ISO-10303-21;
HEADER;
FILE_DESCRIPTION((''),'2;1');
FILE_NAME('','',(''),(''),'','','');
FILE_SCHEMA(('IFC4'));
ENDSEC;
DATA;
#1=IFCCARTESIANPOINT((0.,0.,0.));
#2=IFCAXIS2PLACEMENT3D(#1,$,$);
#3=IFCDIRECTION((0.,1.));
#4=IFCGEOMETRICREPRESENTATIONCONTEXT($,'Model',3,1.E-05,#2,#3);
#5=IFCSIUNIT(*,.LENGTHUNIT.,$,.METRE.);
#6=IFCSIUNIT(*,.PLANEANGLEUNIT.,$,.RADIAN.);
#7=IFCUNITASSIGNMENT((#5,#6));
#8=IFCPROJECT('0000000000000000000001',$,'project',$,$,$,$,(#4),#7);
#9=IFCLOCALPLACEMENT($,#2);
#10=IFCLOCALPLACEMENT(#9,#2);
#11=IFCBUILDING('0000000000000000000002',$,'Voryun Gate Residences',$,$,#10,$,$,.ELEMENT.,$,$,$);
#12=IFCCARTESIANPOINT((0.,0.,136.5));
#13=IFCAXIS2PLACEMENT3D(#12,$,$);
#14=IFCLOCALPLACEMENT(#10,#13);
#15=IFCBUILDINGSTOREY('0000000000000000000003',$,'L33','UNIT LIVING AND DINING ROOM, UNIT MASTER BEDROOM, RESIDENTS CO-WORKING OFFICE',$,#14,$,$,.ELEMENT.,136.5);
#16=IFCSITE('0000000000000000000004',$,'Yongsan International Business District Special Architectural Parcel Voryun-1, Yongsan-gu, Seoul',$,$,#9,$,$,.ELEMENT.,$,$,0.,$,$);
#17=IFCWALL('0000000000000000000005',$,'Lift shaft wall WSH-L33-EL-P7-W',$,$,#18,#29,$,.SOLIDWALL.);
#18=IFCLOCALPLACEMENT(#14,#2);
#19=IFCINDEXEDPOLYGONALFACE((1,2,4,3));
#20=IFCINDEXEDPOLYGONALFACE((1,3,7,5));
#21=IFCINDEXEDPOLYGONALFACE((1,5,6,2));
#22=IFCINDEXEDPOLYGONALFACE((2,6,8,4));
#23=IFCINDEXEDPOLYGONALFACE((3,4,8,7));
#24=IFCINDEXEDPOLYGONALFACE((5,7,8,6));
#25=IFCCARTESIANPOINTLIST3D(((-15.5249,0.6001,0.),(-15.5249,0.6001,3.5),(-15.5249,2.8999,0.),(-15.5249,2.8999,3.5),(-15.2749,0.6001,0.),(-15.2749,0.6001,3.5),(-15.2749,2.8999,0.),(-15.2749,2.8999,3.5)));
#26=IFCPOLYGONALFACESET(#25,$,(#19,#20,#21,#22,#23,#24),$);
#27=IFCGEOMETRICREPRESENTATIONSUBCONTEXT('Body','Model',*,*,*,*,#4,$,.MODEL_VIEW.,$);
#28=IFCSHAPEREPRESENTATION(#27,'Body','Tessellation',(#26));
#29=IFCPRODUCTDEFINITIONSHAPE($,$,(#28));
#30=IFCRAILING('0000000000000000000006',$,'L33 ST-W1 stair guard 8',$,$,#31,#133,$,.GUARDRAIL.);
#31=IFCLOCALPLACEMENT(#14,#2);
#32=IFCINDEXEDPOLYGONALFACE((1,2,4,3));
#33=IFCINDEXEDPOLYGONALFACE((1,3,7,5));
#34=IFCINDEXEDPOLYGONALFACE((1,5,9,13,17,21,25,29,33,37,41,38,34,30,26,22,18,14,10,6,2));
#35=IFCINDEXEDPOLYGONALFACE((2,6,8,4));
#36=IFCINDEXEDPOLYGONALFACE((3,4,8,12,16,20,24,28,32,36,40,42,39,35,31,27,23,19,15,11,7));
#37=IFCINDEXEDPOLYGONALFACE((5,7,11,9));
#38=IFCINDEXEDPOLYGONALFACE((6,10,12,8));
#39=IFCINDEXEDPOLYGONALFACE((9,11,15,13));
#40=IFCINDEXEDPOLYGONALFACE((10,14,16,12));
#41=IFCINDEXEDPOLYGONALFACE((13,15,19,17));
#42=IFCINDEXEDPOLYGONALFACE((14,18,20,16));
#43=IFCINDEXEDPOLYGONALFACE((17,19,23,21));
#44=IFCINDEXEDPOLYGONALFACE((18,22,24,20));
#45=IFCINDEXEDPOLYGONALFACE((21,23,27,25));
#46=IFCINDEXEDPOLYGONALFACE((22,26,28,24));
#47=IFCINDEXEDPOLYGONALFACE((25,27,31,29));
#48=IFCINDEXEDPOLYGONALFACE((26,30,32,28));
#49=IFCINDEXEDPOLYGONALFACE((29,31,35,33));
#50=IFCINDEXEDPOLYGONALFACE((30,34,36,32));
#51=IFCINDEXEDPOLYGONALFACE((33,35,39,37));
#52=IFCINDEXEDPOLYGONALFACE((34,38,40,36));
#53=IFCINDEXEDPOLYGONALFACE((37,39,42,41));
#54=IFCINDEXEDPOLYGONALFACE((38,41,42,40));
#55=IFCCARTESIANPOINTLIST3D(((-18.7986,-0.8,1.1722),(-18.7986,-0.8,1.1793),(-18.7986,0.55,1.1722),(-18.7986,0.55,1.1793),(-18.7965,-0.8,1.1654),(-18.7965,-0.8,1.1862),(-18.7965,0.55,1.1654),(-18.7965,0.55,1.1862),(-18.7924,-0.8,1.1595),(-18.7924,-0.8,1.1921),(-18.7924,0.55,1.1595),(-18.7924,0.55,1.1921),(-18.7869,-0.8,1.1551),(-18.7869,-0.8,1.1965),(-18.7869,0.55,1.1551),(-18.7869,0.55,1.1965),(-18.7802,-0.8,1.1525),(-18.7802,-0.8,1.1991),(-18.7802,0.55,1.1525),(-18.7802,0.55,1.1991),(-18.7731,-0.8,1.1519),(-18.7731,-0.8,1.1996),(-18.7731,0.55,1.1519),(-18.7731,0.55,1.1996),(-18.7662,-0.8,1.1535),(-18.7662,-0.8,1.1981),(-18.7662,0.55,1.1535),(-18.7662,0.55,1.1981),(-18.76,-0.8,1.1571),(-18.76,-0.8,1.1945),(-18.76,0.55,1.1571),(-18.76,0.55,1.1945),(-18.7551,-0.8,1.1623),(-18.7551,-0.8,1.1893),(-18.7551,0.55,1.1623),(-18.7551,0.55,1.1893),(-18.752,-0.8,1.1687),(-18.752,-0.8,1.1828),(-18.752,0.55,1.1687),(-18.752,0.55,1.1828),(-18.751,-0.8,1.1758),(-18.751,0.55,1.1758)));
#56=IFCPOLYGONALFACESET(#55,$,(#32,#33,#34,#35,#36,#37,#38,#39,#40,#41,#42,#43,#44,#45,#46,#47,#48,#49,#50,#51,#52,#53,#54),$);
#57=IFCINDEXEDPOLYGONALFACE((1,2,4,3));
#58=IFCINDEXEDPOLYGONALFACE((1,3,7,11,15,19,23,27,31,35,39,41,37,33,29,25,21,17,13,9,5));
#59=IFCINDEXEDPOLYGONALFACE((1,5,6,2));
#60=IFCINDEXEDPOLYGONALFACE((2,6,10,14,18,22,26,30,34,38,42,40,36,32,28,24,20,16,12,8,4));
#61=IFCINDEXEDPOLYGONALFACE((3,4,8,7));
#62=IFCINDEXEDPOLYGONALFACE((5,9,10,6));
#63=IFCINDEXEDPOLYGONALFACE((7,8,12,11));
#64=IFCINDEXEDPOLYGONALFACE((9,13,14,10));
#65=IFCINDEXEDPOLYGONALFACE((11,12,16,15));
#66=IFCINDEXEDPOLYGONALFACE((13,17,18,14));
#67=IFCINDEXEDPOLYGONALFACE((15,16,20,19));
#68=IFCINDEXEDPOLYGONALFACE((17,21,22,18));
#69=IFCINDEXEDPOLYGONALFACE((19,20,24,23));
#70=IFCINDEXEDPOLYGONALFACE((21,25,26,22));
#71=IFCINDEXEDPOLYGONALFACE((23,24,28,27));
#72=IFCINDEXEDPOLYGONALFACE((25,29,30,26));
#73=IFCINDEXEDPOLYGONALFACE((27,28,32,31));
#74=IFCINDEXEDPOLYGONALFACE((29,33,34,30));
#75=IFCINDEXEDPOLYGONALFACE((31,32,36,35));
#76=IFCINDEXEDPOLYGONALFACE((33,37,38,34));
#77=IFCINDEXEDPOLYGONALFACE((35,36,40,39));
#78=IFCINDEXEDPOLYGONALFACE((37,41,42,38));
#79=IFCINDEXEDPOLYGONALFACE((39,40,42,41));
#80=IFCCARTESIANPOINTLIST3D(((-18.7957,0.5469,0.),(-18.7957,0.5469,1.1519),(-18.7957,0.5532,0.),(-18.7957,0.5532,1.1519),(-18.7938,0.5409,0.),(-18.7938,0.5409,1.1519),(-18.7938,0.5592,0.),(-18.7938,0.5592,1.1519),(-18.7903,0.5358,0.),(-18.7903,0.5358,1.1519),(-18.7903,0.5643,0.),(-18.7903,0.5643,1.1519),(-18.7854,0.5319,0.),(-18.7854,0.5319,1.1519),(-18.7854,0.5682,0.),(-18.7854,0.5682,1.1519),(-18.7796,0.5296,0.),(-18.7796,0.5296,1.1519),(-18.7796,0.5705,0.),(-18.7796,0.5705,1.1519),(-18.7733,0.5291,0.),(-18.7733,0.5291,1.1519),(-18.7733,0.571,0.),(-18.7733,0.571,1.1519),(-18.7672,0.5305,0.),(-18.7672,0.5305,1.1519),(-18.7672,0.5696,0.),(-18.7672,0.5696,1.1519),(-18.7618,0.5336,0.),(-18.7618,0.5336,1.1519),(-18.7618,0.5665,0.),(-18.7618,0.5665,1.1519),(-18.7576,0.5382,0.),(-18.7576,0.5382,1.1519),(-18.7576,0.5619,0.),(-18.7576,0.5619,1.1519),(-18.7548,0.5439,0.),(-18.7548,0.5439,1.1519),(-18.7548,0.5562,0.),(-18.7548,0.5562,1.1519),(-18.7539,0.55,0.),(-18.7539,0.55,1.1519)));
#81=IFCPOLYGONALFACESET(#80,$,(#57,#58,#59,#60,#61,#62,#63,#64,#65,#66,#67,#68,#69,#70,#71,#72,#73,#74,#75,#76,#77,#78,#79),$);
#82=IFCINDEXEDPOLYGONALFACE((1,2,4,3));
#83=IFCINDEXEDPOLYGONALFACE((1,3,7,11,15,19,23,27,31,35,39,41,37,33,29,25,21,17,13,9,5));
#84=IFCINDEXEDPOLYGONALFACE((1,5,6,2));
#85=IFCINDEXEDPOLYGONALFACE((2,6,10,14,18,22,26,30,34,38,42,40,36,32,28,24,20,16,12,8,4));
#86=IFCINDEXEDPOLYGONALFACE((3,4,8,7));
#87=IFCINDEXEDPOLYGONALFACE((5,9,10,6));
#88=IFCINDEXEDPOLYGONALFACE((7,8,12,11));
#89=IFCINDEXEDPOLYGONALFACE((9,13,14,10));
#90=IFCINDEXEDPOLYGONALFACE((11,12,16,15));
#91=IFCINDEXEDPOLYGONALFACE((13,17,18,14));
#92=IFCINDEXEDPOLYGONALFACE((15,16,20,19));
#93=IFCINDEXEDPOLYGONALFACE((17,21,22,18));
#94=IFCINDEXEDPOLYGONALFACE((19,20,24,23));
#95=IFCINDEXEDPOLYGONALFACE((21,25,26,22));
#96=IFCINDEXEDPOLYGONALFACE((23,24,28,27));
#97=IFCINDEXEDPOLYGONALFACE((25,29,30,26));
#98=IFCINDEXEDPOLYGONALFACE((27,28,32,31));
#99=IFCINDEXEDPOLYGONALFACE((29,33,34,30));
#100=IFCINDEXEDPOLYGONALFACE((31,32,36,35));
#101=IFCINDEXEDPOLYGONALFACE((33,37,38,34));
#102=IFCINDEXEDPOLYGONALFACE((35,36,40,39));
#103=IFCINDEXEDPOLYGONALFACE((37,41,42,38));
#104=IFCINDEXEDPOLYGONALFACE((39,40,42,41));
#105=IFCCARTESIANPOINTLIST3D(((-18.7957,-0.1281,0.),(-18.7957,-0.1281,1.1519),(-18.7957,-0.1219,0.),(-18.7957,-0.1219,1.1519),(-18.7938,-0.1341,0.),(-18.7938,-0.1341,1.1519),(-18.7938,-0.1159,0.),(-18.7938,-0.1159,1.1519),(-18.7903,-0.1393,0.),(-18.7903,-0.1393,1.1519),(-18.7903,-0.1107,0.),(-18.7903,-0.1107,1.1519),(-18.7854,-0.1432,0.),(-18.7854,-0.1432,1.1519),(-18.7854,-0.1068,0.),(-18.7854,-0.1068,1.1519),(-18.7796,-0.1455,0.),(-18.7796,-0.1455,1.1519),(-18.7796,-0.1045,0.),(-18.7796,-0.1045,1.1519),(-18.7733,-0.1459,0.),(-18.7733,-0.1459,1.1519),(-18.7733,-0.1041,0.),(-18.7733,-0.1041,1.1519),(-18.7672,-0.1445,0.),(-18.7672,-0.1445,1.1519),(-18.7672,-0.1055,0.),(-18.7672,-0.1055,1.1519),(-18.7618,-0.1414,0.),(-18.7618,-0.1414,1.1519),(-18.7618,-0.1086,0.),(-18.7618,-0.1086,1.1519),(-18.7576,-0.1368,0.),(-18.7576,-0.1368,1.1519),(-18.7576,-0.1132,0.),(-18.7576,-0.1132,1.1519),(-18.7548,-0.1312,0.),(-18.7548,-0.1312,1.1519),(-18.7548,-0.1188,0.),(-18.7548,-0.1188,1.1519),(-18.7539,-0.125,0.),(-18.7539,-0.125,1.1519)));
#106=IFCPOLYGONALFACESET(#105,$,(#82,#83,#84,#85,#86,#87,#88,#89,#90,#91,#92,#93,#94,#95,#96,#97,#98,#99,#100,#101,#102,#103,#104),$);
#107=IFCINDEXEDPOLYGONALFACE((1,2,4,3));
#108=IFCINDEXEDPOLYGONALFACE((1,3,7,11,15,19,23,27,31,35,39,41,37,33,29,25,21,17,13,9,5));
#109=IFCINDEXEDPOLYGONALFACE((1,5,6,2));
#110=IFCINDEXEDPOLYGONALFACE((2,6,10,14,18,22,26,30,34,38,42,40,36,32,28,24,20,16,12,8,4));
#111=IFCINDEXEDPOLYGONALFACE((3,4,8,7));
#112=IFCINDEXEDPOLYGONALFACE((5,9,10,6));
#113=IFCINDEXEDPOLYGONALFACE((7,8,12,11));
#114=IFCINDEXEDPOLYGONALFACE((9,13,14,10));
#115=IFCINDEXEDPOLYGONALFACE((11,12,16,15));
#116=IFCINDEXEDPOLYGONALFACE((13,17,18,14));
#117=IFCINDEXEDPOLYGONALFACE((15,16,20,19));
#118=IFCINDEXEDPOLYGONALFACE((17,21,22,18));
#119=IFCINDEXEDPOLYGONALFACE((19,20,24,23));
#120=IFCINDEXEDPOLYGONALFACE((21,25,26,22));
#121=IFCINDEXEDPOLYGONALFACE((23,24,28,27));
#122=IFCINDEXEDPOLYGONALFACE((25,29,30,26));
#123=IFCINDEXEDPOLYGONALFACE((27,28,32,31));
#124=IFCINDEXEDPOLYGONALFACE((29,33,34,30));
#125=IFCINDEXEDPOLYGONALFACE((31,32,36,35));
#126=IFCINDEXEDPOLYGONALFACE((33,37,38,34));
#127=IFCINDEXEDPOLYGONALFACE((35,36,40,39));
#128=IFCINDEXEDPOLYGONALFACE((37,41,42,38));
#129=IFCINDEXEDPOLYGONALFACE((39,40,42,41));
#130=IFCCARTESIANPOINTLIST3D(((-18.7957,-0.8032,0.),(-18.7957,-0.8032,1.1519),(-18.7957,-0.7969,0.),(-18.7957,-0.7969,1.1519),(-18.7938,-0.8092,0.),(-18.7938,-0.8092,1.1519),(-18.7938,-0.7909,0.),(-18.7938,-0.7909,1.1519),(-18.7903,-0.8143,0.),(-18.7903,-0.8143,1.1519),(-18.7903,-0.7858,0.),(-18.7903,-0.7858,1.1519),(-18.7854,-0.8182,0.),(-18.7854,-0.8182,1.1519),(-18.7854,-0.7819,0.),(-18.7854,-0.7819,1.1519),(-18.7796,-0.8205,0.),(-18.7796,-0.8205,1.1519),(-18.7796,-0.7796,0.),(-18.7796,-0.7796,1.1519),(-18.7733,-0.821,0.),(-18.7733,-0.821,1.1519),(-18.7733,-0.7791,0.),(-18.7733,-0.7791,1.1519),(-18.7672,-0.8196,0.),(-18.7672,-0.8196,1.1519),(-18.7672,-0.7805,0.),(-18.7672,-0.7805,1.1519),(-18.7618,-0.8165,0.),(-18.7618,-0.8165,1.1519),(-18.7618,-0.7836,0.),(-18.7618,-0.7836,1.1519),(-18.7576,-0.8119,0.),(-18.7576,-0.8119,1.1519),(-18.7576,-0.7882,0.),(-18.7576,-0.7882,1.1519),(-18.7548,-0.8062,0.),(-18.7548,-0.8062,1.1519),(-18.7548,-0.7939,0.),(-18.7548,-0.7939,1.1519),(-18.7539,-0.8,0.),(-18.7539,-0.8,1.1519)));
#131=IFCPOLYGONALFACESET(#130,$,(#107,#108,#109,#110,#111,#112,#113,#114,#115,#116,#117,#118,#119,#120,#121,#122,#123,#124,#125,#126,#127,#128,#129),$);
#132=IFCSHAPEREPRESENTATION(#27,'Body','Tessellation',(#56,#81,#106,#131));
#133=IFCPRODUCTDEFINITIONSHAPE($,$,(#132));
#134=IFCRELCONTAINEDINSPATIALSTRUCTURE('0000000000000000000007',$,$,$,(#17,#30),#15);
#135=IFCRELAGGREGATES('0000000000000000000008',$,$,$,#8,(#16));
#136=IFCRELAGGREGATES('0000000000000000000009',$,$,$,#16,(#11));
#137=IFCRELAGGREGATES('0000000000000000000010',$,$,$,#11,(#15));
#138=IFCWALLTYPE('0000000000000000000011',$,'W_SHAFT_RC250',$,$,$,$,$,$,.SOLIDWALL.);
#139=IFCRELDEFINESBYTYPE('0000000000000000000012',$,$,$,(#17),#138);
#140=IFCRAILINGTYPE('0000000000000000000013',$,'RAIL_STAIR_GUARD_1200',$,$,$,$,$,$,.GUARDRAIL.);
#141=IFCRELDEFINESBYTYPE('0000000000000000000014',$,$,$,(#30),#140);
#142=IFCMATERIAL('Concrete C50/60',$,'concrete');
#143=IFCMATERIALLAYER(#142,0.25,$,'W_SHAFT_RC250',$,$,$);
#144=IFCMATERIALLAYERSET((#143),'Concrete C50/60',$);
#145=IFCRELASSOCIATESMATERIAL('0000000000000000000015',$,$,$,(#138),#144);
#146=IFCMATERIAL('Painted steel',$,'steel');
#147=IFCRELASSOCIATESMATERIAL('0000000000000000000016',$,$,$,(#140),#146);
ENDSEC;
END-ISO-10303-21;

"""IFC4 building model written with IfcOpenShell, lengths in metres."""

from ifc_helpers import new_model, si_unit, direction, frame, frame_2d, origin, origin_2d, place, context, subcontext, project, spatial, rectangle, circle, extrude, material, layer, layer_set, type_object, element, save


model = new_model("IFC4")

# Units and contexts
model_context = context("Model", 3, precision=1e-05, world=origin(), true_north=direction((0.0, 1.0)))
body_context = subcontext(model_context, "Body", "Model", "MODEL_VIEW")
ifc_project = project(units=[si_unit("LENGTHUNIT", "METRE"), si_unit("PLANEANGLEUNIT", "RADIAN")], contexts=[model_context])

# Site, building, storey
site_placement = place(None, origin())
site = spatial("IfcSite", under=ifc_project, at=site_placement, Name="Yongsan International Business District Special Architectural Parcel Voryun-1, Yongsan-gu, Seoul", CompositionType="ELEMENT", RefElevation=0.0)
building_placement = place(site_placement, origin())
building = spatial("IfcBuilding", under=site, at=building_placement, Name="Voryun Gate Residences", CompositionType="ELEMENT")
storey_placement = place(building_placement, frame((0.0, 0.0, 136.5)))
storey = spatial("IfcBuildingStorey", under=building, at=storey_placement, Name="L33", Description="UNIT LIVING AND DINING ROOM, UNIT MASTER BEDROOM, RESIDENTS CO-WORKING OFFICE", CompositionType="ELEMENT", Elevation=136.5)

# Shared definitions
ifc_material_1 = material(Name="Concrete C50/60", Category="concrete")
ifc_layer_1 = layer(ifc_material_1, 0.25, Name="W_SHAFT_RC250")
ifc_layer_set_1 = layer_set([ifc_layer_1], Name="Concrete C50/60")
wall_type_1 = type_object("IfcWallType", Name="W_SHAFT_RC250", PredefinedType="SOLIDWALL", material=ifc_layer_set_1)

# Wall
wall_1_placement = place(storey_placement, frame((-15.3999, 2.8999, 0.0), z_axis=(0.0, 0.0, 1.0), x_axis=(0.0, -1.0, 0.0)))
element("IfcWall", 1, at=wall_1_placement, inside=storey, type_object=wall_type_1, Name="Lift shaft wall WSH-L33-EL-P7-W", PredefinedType="SOLIDWALL", context=body_context, shape_type="SweptSolid", body=[
    extrude(rectangle(XDim=2.2998, YDim=0.25, at=frame_2d((1.1499, 0.0))), origin(), (0.0, 0.0, 1.0), 3.5),
])

# Railing
ifc_material_2 = material(Name="Painted steel", Category="steel")
railing_type = type_object("IfcRailingType", Name="RAIL_STAIR_GUARD_1200", PredefinedType="GUARDRAIL", material=ifc_material_2)
for number, where, name in (
    (2, (-18.7749, 0.55, 0.0), "L33 ST-W1 stair guard 8"),
):
    element("IfcRailing", number, at=place(storey_placement, frame(where)), inside=storey, type_object=railing_type, Name=name, PredefinedType="GUARDRAIL", context=body_context, shape_type="SweptSolid", body=[
        extrude(circle(Radius=0.0239, at=origin_2d()), frame((0.0, 0.0, 1.1758), z_axis=(0.0, -1.0, 0.0), x_axis=(1.0, 0.0, 0.0)), (0.0, 0.0, 1.0), 1.3501),
        extrude(circle(Radius=0.021, at=origin_2d()), origin(), (0.0, 0.0, 1.0), 1.1519),
        extrude(circle(Radius=0.021, at=origin_2d()), frame((0.0, -0.675, 0.0)), (0.0, 0.0, 1.0), 1.1519),
        extrude(circle(Radius=0.021, at=origin_2d()), frame((0.0, -1.3501, 0.0)), (0.0, 0.0, 1.0), 1.1519),
    ])

save(model, "model.ifc")
